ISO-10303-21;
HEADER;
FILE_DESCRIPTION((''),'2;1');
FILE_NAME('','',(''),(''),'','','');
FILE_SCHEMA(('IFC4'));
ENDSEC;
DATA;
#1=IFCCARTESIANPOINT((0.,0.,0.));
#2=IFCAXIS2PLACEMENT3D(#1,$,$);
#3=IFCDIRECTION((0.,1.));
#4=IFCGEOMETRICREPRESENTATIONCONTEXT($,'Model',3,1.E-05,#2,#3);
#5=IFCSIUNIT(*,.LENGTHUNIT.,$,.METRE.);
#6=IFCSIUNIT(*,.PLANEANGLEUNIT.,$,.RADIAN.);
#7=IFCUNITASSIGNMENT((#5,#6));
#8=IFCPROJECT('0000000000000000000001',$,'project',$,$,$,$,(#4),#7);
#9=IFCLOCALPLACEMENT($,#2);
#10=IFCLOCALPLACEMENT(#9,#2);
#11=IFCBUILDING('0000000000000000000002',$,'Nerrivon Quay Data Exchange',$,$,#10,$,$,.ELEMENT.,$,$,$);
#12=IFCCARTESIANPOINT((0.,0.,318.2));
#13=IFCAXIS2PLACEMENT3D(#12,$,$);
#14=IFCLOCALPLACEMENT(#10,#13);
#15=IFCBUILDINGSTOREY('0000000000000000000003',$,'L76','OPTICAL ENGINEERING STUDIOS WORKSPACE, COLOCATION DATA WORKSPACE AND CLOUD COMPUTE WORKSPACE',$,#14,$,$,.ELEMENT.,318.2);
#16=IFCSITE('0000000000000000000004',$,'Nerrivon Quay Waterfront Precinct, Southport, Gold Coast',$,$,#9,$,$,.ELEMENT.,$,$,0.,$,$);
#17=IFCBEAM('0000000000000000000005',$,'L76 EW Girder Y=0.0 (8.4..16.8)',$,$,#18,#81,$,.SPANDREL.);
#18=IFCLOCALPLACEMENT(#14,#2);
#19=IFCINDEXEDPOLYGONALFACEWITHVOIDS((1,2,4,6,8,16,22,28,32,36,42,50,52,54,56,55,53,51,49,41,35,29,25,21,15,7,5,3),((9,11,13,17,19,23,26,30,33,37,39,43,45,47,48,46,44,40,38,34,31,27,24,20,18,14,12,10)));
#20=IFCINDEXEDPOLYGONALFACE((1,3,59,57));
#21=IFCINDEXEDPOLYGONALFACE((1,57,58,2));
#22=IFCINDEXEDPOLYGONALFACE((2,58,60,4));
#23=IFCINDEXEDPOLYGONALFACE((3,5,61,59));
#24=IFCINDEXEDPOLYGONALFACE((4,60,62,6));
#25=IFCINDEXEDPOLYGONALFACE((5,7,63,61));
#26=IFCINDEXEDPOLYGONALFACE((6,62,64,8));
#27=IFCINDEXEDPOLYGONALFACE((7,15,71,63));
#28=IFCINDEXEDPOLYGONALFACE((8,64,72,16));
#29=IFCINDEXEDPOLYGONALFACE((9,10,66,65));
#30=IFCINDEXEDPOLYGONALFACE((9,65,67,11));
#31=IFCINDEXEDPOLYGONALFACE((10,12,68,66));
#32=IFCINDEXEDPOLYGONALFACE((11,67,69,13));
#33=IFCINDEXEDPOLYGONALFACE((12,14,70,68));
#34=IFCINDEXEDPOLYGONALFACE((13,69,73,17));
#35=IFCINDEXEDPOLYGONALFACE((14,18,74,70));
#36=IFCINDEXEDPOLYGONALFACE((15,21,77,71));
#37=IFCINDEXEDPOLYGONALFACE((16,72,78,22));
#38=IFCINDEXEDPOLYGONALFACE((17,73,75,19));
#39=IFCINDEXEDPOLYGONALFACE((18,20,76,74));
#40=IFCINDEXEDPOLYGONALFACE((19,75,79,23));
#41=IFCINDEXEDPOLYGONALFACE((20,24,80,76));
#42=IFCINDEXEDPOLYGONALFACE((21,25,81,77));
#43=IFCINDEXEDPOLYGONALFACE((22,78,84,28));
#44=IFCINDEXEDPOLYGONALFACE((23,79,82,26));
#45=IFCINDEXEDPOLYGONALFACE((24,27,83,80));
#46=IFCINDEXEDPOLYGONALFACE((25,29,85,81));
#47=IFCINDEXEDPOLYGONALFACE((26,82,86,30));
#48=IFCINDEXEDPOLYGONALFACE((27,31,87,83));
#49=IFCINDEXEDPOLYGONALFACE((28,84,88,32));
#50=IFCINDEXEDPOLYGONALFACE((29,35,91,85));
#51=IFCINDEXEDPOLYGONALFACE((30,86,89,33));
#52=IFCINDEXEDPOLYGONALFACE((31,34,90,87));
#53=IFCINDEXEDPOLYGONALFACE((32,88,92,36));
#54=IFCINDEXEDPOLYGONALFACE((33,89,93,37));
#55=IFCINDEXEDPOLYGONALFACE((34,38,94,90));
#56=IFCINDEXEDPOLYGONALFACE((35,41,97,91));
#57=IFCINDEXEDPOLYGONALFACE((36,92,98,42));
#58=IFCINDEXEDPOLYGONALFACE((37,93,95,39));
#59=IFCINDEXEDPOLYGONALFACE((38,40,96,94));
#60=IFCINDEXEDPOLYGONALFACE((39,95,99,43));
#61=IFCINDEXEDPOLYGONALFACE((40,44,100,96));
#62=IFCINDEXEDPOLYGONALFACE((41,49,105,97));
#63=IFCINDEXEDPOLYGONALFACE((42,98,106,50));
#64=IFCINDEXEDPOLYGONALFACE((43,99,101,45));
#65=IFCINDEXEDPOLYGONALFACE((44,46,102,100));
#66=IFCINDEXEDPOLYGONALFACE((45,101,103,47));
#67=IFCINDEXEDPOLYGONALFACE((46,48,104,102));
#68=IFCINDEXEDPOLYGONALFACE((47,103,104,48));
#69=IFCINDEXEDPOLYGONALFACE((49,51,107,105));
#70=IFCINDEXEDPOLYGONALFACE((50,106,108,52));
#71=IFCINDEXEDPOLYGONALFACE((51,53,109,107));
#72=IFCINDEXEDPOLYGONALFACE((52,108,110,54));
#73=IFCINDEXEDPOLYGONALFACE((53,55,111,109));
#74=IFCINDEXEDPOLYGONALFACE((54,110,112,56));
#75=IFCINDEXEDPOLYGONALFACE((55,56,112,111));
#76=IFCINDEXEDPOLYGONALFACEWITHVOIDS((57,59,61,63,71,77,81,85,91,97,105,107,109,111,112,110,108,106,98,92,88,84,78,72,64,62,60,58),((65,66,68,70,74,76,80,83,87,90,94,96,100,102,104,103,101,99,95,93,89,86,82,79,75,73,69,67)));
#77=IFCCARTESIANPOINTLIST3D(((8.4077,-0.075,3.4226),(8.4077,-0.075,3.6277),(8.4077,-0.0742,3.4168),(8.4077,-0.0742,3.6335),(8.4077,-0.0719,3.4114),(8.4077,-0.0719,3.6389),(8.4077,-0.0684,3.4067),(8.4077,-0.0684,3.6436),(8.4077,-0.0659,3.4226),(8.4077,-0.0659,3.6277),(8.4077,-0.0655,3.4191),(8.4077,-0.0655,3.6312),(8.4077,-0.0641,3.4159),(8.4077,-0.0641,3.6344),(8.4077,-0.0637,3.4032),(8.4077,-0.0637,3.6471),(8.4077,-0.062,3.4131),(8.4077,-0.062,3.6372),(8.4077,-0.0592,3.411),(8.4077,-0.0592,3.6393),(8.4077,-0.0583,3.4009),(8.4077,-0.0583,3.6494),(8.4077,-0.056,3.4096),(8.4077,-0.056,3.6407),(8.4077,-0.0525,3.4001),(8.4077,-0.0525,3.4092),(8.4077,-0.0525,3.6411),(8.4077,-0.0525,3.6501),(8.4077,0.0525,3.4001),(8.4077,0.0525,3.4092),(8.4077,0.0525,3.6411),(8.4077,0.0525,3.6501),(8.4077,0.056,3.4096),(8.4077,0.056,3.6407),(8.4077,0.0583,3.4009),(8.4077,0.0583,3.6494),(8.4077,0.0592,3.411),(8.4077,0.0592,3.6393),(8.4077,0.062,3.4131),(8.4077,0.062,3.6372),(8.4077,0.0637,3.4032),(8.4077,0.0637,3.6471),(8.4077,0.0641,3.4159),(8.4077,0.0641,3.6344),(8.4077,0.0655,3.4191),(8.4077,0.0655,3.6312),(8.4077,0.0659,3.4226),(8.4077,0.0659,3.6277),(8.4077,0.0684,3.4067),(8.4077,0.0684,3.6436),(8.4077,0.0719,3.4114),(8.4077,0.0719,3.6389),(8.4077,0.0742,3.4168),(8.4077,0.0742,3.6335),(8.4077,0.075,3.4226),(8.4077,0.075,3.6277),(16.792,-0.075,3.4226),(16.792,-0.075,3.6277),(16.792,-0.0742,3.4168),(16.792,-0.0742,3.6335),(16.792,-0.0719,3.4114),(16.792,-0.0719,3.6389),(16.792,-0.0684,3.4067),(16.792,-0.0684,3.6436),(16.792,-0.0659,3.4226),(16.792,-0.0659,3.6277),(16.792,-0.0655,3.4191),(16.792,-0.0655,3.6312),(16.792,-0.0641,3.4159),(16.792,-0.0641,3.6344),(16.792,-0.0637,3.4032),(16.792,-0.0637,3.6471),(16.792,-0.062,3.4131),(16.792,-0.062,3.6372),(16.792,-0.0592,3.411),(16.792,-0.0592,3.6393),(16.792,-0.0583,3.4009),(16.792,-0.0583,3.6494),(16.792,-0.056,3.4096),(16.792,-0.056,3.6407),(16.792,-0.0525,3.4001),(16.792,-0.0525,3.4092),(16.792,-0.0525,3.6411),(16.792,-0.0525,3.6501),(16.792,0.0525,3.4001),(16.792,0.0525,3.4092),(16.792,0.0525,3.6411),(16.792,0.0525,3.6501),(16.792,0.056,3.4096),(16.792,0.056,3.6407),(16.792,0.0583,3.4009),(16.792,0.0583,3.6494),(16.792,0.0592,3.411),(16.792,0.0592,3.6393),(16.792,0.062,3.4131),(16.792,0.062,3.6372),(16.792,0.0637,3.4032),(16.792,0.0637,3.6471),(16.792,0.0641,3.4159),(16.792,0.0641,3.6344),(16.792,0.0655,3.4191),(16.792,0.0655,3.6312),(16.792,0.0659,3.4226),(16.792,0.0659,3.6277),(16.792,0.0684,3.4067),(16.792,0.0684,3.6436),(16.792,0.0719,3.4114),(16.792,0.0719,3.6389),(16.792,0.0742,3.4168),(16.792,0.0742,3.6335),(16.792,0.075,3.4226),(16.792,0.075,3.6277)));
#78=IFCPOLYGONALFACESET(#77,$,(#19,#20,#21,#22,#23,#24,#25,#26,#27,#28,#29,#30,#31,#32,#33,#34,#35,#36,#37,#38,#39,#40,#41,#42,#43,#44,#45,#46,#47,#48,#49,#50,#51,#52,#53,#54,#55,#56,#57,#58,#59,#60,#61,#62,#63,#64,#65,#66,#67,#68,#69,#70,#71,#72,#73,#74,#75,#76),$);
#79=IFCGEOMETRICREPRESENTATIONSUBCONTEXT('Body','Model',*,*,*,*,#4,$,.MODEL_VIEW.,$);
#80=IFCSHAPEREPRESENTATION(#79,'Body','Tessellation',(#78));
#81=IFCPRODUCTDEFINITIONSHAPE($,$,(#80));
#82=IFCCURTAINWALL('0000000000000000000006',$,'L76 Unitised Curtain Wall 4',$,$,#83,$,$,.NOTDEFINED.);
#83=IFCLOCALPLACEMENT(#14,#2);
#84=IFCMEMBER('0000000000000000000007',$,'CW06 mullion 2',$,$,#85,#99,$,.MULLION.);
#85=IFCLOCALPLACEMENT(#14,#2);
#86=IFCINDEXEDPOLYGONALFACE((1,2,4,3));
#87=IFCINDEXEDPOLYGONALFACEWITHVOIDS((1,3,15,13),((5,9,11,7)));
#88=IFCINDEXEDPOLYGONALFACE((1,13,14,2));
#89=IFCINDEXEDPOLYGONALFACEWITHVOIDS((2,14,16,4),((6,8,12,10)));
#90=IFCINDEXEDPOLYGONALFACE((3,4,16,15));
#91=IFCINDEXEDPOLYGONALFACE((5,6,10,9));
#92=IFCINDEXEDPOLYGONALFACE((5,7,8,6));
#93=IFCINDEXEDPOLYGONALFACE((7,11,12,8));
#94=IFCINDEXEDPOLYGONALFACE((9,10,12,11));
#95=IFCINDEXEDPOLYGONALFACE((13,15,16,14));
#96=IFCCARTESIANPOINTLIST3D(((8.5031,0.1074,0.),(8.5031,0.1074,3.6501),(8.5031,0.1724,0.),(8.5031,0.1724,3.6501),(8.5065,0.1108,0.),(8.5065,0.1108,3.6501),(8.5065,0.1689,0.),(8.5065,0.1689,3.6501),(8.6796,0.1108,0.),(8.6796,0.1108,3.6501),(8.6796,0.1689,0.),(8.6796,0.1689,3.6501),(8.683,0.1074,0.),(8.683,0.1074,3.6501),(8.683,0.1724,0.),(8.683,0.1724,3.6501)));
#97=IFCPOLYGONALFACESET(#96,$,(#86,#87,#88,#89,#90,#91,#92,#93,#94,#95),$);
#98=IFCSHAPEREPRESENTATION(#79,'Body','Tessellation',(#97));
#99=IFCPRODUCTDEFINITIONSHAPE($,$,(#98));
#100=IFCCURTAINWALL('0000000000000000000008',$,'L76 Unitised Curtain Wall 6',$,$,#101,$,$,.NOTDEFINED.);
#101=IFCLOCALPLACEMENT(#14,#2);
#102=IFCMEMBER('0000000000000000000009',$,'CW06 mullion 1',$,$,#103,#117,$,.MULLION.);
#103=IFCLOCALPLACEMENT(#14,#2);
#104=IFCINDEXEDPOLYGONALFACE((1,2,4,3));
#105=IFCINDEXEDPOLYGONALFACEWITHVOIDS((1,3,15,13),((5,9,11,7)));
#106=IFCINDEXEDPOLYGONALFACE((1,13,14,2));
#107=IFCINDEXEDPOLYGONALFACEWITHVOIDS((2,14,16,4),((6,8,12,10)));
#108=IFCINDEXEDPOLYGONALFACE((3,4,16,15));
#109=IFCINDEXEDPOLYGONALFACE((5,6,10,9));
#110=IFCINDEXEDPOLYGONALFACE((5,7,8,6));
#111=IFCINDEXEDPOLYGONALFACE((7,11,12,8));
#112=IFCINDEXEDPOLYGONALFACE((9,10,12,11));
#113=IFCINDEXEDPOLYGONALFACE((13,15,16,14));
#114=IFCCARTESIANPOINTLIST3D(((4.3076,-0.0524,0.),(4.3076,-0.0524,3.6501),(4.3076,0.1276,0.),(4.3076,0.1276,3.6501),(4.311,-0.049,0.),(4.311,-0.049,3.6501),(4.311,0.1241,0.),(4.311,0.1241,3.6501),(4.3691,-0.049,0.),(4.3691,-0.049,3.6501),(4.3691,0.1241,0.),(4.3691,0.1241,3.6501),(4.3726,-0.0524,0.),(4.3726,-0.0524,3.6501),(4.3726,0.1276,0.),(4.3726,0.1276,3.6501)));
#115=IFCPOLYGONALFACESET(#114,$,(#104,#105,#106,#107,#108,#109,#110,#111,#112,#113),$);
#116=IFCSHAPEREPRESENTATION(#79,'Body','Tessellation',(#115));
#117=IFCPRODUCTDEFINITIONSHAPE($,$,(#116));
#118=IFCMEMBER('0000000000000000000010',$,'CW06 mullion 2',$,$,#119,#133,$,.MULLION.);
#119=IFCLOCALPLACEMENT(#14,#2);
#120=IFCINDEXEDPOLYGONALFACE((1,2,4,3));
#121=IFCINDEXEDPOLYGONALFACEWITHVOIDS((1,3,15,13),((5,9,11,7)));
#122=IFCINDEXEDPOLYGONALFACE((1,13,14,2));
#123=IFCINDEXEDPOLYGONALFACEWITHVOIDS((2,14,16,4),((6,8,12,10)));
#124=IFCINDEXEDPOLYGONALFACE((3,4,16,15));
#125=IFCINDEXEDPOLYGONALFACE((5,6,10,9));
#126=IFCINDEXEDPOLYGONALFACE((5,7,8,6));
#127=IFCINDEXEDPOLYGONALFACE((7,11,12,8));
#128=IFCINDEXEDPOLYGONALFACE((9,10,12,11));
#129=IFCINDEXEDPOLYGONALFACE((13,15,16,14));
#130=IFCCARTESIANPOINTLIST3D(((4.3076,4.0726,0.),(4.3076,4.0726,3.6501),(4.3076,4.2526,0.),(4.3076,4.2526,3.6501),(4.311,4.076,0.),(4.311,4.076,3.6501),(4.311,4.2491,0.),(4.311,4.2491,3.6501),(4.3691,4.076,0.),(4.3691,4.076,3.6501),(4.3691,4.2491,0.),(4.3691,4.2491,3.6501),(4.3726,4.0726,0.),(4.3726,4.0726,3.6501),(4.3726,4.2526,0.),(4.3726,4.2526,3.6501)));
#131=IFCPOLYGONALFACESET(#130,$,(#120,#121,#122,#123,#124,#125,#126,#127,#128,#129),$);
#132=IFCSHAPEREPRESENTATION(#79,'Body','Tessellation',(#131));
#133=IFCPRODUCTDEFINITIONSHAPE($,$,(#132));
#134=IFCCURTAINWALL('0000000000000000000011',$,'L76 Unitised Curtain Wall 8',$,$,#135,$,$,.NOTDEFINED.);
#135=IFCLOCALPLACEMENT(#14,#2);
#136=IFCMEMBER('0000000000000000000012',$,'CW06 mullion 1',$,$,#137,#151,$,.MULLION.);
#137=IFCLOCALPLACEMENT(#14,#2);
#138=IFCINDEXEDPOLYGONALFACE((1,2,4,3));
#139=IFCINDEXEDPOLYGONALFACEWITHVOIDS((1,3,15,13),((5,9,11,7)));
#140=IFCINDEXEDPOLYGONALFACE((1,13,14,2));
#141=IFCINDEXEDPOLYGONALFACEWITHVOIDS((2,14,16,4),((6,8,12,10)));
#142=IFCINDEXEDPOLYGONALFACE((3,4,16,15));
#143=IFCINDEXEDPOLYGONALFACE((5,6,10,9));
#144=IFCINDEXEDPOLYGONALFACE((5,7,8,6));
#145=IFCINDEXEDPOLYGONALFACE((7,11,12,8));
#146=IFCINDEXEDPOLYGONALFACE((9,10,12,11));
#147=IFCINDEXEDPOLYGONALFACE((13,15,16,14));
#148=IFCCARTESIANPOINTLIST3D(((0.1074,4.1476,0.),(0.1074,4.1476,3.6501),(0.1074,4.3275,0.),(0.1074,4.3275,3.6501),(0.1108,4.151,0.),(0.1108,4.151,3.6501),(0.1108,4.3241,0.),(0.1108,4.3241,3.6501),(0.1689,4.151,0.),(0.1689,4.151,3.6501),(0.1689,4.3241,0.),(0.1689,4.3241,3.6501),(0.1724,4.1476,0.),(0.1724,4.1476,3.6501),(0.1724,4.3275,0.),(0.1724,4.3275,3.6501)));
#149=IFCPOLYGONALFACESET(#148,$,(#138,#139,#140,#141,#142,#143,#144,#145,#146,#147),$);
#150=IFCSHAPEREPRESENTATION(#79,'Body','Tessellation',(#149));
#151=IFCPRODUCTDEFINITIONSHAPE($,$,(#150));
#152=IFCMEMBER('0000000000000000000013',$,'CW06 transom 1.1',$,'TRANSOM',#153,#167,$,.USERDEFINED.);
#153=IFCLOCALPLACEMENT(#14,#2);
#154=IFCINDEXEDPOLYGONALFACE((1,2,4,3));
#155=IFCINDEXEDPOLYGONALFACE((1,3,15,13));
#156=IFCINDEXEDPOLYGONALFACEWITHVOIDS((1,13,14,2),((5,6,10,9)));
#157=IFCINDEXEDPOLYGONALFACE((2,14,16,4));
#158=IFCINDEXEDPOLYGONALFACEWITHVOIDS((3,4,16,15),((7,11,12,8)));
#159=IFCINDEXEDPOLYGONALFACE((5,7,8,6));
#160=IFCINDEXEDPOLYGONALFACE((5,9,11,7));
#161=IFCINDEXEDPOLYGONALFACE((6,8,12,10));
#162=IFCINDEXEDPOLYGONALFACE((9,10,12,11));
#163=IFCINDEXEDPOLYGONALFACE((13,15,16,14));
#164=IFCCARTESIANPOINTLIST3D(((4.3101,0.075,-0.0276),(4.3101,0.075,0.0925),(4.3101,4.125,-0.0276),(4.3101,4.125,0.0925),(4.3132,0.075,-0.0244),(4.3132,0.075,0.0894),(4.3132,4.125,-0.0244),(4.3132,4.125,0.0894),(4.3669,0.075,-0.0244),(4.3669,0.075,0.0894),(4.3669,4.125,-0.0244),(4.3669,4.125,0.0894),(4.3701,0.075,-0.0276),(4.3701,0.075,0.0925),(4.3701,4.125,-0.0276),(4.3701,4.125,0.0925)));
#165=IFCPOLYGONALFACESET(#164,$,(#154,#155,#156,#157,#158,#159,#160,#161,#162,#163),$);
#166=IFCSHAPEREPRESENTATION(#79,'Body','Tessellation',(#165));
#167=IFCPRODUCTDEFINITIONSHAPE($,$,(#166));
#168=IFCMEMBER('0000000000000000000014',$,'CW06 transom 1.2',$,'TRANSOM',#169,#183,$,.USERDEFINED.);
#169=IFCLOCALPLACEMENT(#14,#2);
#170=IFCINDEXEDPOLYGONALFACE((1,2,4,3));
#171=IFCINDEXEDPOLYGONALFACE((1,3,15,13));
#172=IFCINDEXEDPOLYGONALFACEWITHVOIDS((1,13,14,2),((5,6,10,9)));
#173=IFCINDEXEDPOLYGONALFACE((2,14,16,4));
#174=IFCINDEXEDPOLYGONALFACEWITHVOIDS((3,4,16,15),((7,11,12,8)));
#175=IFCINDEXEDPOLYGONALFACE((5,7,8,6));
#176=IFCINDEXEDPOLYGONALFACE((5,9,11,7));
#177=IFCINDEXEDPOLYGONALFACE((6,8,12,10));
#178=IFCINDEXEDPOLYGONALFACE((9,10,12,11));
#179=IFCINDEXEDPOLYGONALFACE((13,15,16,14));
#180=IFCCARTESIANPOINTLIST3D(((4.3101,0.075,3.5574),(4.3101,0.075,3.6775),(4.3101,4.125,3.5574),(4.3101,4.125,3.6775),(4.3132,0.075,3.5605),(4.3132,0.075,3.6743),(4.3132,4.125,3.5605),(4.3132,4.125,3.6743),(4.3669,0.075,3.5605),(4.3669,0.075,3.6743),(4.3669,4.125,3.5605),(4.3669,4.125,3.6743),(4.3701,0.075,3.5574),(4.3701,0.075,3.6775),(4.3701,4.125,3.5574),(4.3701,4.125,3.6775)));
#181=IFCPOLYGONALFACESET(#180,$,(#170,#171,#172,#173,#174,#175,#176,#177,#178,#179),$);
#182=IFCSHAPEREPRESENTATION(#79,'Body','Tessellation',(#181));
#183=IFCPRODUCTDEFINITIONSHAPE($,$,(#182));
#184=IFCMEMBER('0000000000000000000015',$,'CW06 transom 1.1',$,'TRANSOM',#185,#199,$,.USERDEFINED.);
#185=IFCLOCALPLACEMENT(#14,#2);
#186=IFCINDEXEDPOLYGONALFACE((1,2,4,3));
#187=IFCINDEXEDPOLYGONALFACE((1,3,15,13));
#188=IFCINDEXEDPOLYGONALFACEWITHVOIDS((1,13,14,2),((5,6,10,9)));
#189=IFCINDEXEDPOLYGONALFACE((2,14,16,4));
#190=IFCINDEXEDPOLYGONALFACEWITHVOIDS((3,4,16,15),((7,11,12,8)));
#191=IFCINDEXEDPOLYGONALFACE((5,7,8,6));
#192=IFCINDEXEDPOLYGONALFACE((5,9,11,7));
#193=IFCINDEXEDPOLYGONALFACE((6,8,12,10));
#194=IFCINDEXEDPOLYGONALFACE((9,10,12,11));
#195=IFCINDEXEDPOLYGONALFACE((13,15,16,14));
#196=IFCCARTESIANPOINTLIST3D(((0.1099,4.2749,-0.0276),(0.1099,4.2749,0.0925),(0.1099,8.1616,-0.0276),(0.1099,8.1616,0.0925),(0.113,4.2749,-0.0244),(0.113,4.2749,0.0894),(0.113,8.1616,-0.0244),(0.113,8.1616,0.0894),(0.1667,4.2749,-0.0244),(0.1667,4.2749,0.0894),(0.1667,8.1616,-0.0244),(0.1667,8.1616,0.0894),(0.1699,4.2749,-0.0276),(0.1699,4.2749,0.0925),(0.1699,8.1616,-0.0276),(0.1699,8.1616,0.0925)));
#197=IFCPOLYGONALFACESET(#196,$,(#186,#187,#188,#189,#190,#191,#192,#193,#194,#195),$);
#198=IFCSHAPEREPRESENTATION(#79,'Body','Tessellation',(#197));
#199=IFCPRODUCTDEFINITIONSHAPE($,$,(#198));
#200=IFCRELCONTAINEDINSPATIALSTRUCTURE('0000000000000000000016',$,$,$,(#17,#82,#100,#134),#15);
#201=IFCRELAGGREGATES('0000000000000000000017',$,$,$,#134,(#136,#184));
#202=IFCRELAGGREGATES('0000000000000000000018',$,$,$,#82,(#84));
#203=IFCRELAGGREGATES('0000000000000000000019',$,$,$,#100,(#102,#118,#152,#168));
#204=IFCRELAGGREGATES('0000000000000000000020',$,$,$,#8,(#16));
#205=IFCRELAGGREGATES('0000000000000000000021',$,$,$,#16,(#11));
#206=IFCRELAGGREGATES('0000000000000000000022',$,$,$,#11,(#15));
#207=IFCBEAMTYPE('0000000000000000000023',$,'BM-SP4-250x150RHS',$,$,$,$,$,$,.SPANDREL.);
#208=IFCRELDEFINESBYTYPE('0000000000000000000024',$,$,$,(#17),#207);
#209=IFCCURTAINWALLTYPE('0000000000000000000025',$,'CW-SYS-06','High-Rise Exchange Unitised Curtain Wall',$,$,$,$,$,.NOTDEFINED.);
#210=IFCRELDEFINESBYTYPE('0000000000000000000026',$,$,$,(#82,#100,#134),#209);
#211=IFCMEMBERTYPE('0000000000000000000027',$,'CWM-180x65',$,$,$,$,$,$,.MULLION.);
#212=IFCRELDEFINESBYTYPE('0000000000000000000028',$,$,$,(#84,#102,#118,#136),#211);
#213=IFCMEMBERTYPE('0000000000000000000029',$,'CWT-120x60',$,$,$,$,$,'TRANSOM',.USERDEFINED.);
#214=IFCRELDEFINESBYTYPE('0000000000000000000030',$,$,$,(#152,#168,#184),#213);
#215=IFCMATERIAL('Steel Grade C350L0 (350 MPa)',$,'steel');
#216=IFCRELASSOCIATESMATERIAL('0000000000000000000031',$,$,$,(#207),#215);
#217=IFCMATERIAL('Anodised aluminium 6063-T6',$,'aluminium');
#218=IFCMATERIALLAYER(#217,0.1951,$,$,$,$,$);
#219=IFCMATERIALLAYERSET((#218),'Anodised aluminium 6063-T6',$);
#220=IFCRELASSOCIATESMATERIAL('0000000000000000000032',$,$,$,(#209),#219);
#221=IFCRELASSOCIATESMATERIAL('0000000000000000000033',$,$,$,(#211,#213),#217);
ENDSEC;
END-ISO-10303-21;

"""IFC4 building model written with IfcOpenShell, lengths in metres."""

from ifc_helpers import new_model, si_unit, direction, frame, origin, origin_2d, place, context, subcontext, project, spatial, hollow_rectangle, extrude, material, layer, layer_set, material_profile, profile_set, type_object, element, aggregate, save


model = new_model("IFC4")

# Units and contexts
model_context = context("Model", 3, precision=1e-05, world=origin(), true_north=direction((0.0, 1.0)))
body_context = subcontext(model_context, "Body", "Model", "MODEL_VIEW")
ifc_project = project(units=[si_unit("LENGTHUNIT", "METRE"), si_unit("PLANEANGLEUNIT", "RADIAN")], contexts=[model_context])

# Site, building, storey
site_placement = place(None, origin())
site = spatial("IfcSite", under=ifc_project, at=site_placement, Name="Nerrivon Quay Waterfront Precinct, Southport, Gold Coast", CompositionType="ELEMENT", RefElevation=0.0)
building_placement = place(site_placement, origin())
building = spatial("IfcBuilding", under=site, at=building_placement, Name="Nerrivon Quay Data Exchange", CompositionType="ELEMENT")
storey_placement = place(building_placement, frame((0.0, 0.0, 318.2)))
storey = spatial("IfcBuildingStorey", under=building, at=storey_placement, Name="L76", Description="OPTICAL ENGINEERING STUDIOS WORKSPACE, COLOCATION DATA WORKSPACE AND CLOUD COMPUTE WORKSPACE", CompositionType="ELEMENT", Elevation=318.2)

# Beam
ifc_material_1 = material(Name="Steel Grade C350L0 (350 MPa)", Category="steel")
ifc_material_profile_1 = material_profile(ifc_material_1, hollow_rectangle(XDim=0.1499, YDim=0.25, WallThickness=0.009, InnerFilletRadius=0.0134, OuterFilletRadius=0.0225, at=origin_2d()), Name="250x150x9.0RHS")
ifc_profile_set_1 = profile_set([ifc_material_profile_1], Name="Steel Grade C350L0 (350 MPa)")
beam_type_1 = type_object("IfcBeamType", Name="BM-SP4-250x150RHS", PredefinedType="SPANDREL", material=ifc_profile_set_1)
beam_1_placement = place(storey_placement, frame((8.4077, 0.0, 3.5251), z_axis=(1.0, 0.0, 0.0), x_axis=(0.0, 1.0, 0.0)))
element("IfcBeam", 1, at=beam_1_placement, inside=storey, type_object=beam_type_1, Name="L76 EW Girder Y=0.0 (8.4..16.8)", PredefinedType="SPANDREL", context=body_context, shape_type="SweptSolid", body=[
    extrude(hollow_rectangle(XDim=0.1499, YDim=0.25, WallThickness=0.009, InnerFilletRadius=0.0134, OuterFilletRadius=0.0225, at=origin_2d()), origin(), (0.0, 0.0, 1.0), 8.3843),
])

# Curtain wall, member
ifc_material_2 = material(Name="Anodised aluminium 6063-T6", Category="aluminium")
ifc_layer_1 = layer(ifc_material_2, 0.1951)
ifc_layer_set_1 = layer_set([ifc_layer_1], Name="Anodised aluminium 6063-T6")
curtain_wall_type = type_object("IfcCurtainWallType", Name="CW-SYS-06", Description="High-Rise Exchange Unitised Curtain Wall", PredefinedType="NOTDEFINED", material=ifc_layer_set_1)
curtain_wall_1_placement = place(storey_placement, origin())
curtain_wall_1 = element("IfcCurtainWall", 2, at=curtain_wall_1_placement, inside=storey, type_object=curtain_wall_type, Name="L76 Unitised Curtain Wall 4", PredefinedType="NOTDEFINED")
ifc_material_profile_2 = material_profile(ifc_material_2, hollow_rectangle(XDim=0.0649, YDim=0.1799, WallThickness=0.0034, at=origin_2d()), Name="ALU-MULL-180x65")
ifc_profile_set_2 = profile_set([ifc_material_profile_2], Name="Anodised aluminium 6063-T6")
member_type_1 = type_object("IfcMemberType", Name="CWM-180x65", PredefinedType="MULLION", material=ifc_profile_set_2)
member_1_placement = place(storey_placement, frame((8.593, 0.1399, 0.0), z_axis=(0.0, 0.0, 1.0), x_axis=(0.0, -1.0, 0.0)))
member_1 = element("IfcMember", 3, at=member_1_placement, type_object=member_type_1, Name="CW06 mullion 2", PredefinedType="MULLION", context=body_context, shape_type="SweptSolid", body=[
    extrude(hollow_rectangle(XDim=0.0649, YDim=0.1799, WallThickness=0.0034, at=origin_2d()), origin(), (0.0, 0.0, 1.0), 3.6501),
])

# Curtain wall, members
curtain_wall_2_placement = place(storey_placement, origin())
curtain_wall_2 = element("IfcCurtainWall", 4, at=curtain_wall_2_placement, inside=storey, type_object=curtain_wall_type, Name="L76 Unitised Curtain Wall 6", PredefinedType="NOTDEFINED")
member_2_placement = place(storey_placement, frame((4.3401, 0.0376, 0.0), z_axis=(0.0, 0.0, 1.0), x_axis=(-1.0, 0.0, 0.0)))
member_2 = element("IfcMember", 5, at=member_2_placement, type_object=member_type_1, Name="CW06 mullion 1", PredefinedType="MULLION", context=body_context, shape_type="SweptSolid", body=[
    extrude(hollow_rectangle(XDim=0.0649, YDim=0.1799, WallThickness=0.0034, at=origin_2d()), origin(), (0.0, 0.0, 1.0), 3.6501),
])
member_3_placement = place(storey_placement, frame((4.3401, 4.1626, 0.0), z_axis=(0.0, 0.0, 1.0), x_axis=(-1.0, 0.0, 0.0)))
member_3 = element("IfcMember", 6, at=member_3_placement, type_object=member_type_1, Name="CW06 mullion 2", PredefinedType="MULLION", context=body_context, shape_type="SweptSolid", body=[
    extrude(hollow_rectangle(XDim=0.0649, YDim=0.1799, WallThickness=0.0034, at=origin_2d()), origin(), (0.0, 0.0, 1.0), 3.6501),
])

# Curtain wall, member
curtain_wall_3_placement = place(storey_placement, origin())
curtain_wall_3 = element("IfcCurtainWall", 7, at=curtain_wall_3_placement, inside=storey, type_object=curtain_wall_type, Name="L76 Unitised Curtain Wall 8", PredefinedType="NOTDEFINED")
member_4_placement = place(storey_placement, frame((0.1399, 4.2375, 0.0), z_axis=(0.0, 0.0, 1.0), x_axis=(-1.0, 0.0, 0.0)))
member_4 = element("IfcMember", 8, at=member_4_placement, type_object=member_type_1, Name="CW06 mullion 1", PredefinedType="MULLION", context=body_context, shape_type="SweptSolid", body=[
    extrude(hollow_rectangle(XDim=0.0649, YDim=0.1799, WallThickness=0.0034, at=origin_2d()), origin(), (0.0, 0.0, 1.0), 3.6501),
])

# Members
ifc_material_profile_3 = material_profile(ifc_material_2, hollow_rectangle(XDim=0.0601, YDim=0.1201, WallThickness=0.0032, at=origin_2d()), Name="ALU-TRAN-120x60")
ifc_profile_set_3 = profile_set([ifc_material_profile_3], Name="Anodised aluminium 6063-T6")
member_type_2 = type_object("IfcMemberType", Name="CWT-120x60", ElementType="TRANSOM", PredefinedType="USERDEFINED", material=ifc_profile_set_3)
member_5_placement = place(storey_placement, frame((4.3401, 0.075, 0.0325), z_axis=(0.0, 1.0, 0.0), x_axis=(-1.0, 0.0, 0.0)))
member_5 = element("IfcMember", 9, at=member_5_placement, type_object=member_type_2, Name="CW06 transom 1.1", ObjectType="TRANSOM", PredefinedType="USERDEFINED", context=body_context, shape_type="SweptSolid", body=[
    extrude(hollow_rectangle(XDim=0.0601, YDim=0.1201, WallThickness=0.0032, at=origin_2d()), origin(), (0.0, 0.0, 1.0), 4.05),
])
member_6_placement = place(storey_placement, frame((4.3401, 0.075, 3.6174), z_axis=(0.0, 1.0, 0.0), x_axis=(-1.0, 0.0, 0.0)))
member_6 = element("IfcMember", 10, at=member_6_placement, type_object=member_type_2, Name="CW06 transom 1.2", ObjectType="TRANSOM", PredefinedType="USERDEFINED", context=body_context, shape_type="SweptSolid", body=[
    extrude(hollow_rectangle(XDim=0.0601, YDim=0.1201, WallThickness=0.0032, at=origin_2d()), origin(), (0.0, 0.0, 1.0), 4.05),
])
member_7_placement = place(storey_placement, frame((0.1399, 4.2749, 0.0325), z_axis=(0.0, 1.0, 0.0), x_axis=(-1.0, 0.0, 0.0)))
member_7 = element("IfcMember", 11, at=member_7_placement, type_object=member_type_2, Name="CW06 transom 1.1", ObjectType="TRANSOM", PredefinedType="USERDEFINED", context=body_context, shape_type="SweptSolid", body=[
    extrude(hollow_rectangle(XDim=0.0601, YDim=0.1201, WallThickness=0.0032, at=origin_2d()), origin(), (0.0, 0.0, 1.0), 3.8867),
])
aggregate(curtain_wall_3, [member_4, member_7])

aggregate(curtain_wall_1, [member_1])
aggregate(curtain_wall_2, [member_2, member_3, member_5, member_6])

save(model, "model.ifc")
